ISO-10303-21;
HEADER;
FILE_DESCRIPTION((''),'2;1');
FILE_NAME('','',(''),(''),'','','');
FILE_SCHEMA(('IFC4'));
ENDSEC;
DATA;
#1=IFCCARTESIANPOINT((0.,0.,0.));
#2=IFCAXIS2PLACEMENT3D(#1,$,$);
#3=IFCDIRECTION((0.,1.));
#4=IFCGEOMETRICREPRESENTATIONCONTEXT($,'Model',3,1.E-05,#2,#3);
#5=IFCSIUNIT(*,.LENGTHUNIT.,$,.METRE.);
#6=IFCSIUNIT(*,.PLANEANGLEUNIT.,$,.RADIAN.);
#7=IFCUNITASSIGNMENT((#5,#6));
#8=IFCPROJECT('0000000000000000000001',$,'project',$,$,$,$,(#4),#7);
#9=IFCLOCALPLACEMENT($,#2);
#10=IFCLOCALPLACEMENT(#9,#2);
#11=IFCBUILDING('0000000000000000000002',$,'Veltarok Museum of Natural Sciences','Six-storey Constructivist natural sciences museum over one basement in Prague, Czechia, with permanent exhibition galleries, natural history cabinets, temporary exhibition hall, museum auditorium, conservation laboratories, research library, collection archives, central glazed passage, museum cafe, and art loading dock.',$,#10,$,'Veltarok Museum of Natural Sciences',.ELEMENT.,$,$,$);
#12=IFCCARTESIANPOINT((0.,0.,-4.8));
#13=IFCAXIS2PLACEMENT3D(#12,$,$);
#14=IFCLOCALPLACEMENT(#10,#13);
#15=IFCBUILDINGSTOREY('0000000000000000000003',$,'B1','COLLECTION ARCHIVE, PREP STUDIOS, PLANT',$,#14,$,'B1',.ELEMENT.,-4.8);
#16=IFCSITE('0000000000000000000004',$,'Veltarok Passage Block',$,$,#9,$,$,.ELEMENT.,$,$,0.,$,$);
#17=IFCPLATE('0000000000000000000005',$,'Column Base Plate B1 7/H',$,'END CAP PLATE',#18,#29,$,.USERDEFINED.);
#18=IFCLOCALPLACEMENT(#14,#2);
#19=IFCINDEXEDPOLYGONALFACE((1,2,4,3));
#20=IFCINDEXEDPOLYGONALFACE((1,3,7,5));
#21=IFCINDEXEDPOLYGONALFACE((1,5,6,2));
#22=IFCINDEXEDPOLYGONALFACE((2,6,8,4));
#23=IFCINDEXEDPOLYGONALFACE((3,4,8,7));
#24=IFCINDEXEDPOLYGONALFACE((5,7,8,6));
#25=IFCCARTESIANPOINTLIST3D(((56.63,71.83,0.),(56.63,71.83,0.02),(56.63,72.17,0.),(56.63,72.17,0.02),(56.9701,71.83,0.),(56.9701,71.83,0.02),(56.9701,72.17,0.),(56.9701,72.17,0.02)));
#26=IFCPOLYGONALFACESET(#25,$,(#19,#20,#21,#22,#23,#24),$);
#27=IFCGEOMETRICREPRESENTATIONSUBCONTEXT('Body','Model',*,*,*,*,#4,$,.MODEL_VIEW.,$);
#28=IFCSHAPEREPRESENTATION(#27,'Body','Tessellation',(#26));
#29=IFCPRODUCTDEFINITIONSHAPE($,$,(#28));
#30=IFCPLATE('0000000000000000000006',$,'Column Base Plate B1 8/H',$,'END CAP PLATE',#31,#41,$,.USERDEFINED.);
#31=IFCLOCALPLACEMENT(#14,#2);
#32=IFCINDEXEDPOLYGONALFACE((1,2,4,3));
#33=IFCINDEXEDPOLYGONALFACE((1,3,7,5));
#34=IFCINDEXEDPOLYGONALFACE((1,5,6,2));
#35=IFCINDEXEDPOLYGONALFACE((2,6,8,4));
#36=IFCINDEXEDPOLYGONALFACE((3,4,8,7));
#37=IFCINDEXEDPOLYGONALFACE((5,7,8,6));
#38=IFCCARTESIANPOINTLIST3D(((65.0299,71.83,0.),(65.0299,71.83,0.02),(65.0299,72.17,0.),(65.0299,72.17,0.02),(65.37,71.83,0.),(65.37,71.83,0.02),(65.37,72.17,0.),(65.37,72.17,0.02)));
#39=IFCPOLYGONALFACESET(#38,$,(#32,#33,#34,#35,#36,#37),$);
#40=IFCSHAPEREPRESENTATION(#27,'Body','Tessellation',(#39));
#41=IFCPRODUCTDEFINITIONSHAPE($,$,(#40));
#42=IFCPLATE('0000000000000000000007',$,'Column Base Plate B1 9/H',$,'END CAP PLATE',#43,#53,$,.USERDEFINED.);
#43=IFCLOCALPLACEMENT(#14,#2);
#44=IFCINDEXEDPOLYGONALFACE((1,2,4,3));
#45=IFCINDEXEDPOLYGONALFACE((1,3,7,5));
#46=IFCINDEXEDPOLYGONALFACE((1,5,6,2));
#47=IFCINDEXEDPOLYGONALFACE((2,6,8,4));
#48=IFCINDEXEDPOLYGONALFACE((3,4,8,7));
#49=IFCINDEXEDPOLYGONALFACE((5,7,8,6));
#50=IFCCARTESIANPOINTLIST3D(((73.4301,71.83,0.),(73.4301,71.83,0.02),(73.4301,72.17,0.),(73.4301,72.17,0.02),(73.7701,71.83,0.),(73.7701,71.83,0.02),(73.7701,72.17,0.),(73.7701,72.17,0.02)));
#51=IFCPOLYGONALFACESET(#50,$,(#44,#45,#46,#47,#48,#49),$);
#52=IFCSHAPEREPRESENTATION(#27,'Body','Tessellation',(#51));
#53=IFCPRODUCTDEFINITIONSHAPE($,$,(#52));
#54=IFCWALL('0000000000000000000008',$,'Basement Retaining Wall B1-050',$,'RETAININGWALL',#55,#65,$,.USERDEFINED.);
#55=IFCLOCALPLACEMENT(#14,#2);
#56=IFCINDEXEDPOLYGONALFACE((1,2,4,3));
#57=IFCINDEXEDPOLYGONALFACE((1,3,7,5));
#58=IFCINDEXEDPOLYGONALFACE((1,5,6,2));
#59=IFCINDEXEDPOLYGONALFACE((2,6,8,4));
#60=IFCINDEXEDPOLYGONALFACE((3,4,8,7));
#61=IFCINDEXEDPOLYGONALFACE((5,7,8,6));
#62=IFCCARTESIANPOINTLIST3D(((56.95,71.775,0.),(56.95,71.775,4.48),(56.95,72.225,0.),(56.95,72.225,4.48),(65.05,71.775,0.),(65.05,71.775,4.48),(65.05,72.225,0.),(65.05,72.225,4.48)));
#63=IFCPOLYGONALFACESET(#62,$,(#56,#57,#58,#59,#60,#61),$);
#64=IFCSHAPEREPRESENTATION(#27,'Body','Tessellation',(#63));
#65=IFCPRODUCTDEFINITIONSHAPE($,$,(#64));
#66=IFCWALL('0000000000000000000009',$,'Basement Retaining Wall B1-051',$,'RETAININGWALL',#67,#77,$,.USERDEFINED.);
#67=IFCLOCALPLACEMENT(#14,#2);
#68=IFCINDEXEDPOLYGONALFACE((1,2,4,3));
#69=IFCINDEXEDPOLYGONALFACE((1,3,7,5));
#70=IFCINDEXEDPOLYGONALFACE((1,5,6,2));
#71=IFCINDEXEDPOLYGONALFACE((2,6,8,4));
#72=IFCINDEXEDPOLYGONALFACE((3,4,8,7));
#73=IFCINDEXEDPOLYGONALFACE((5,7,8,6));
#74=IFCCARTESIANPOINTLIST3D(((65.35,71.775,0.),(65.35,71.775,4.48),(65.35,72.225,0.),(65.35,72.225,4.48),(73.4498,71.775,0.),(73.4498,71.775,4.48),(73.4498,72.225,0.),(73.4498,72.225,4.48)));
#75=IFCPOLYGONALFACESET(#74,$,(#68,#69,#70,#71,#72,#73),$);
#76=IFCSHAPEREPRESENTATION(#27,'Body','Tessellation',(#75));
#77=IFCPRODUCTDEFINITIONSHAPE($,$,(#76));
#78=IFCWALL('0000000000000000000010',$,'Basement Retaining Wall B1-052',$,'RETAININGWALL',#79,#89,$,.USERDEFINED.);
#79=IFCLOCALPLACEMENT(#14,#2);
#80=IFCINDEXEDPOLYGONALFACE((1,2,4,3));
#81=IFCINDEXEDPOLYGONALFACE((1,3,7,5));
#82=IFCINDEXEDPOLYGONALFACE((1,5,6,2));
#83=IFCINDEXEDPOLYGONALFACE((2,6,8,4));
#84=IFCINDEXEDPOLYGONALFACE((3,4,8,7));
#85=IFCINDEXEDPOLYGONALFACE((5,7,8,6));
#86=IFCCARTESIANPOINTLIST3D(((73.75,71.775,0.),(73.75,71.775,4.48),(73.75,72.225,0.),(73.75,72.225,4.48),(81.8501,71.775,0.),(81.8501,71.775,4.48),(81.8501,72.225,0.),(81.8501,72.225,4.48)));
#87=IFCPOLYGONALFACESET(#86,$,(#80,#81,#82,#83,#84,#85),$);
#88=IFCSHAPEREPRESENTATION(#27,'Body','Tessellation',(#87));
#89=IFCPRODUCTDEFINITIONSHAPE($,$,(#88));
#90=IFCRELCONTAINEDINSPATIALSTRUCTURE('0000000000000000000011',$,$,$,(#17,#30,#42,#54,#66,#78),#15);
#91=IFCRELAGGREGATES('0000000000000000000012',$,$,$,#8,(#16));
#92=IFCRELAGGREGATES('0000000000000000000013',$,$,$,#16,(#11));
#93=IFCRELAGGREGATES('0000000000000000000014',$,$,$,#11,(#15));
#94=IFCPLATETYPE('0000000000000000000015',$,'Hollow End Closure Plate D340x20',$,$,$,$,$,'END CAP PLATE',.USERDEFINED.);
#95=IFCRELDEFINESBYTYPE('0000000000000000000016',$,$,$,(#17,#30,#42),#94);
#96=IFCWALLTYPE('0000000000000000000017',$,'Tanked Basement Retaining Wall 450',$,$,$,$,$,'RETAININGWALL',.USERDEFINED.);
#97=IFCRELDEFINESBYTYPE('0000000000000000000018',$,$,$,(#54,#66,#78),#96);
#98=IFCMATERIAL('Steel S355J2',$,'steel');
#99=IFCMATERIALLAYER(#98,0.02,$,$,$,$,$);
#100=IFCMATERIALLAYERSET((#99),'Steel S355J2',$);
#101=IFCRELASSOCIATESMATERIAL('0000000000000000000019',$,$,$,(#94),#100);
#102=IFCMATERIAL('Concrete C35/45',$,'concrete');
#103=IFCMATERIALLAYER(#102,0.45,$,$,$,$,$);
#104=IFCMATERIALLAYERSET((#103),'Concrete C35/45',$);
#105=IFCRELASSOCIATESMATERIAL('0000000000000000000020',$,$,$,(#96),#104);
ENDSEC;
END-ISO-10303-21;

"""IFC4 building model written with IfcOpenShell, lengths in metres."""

from ifc_helpers import new_model, si_unit, direction, frame, frame_2d, origin, origin_2d, place, context, subcontext, project, spatial, rectangle, extrude, material, layer, layer_set, type_object, element, save


model = new_model("IFC4")

# Units and contexts
model_context = context("Model", 3, precision=1e-05, world=origin(), true_north=direction((0.0, 1.0)))
body_context = subcontext(model_context, "Body", "Model", "MODEL_VIEW")
ifc_project = project(units=[si_unit("LENGTHUNIT", "METRE"), si_unit("PLANEANGLEUNIT", "RADIAN")], contexts=[model_context])

# Site, building, storey
site_placement = place(None, origin())
site = spatial("IfcSite", under=ifc_project, at=site_placement, Name="Veltarok Passage Block", CompositionType="ELEMENT", RefElevation=0.0)
building_placement = place(site_placement, origin())
building = spatial("IfcBuilding", under=site, at=building_placement, Name="Veltarok Museum of Natural Sciences", Description="Six-storey Constructivist natural sciences museum over one basement in Prague, Czechia, with permanent exhibition galleries, natural history cabinets, temporary exhibition hall, museum auditorium, conservation laboratories, research library, collection archives, central glazed passage, museum cafe, and art loading dock.", LongName="Veltarok Museum of Natural Sciences", CompositionType="ELEMENT")
storey_placement = place(building_placement, frame((0.0, 0.0, -4.8)))
storey = spatial("IfcBuildingStorey", under=building, at=storey_placement, Name="B1", Description="COLLECTION ARCHIVE, PREP STUDIOS, PLANT", LongName="B1", CompositionType="ELEMENT", Elevation=-4.8)

# Shared definitions
ifc_material_1 = material(Name="Concrete C35/45", Category="concrete")

# Shared definitions
ifc_material_2 = material(Name="Steel S355J2", Category="steel")

# Plates
ifc_layer_1 = layer(ifc_material_2, 0.02)
ifc_layer_set_1 = layer_set([ifc_layer_1], Name="Steel S355J2")
plate_type = type_object("IfcPlateType", Name="Hollow End Closure Plate D340x20", ElementType="END CAP PLATE", PredefinedType="USERDEFINED", material=ifc_layer_set_1)
for number, where, z_axis, x_axis, name in (
    (1, (56.8, 72.0, 0.0), (0.0, 0.0, 1.0), (1.0, 0.0, 0.0), "Column Base Plate B1 7/H"),
    (2, (65.2, 72.0, 0.0), (0.0, 0.0, 1.0), (1.0, 0.0, 0.0), "Column Base Plate B1 8/H"),
    (3, (73.6001, 72.0, 0.0), (0.0, 0.0, 1.0), (1.0, 0.0, 0.0), "Column Base Plate B1 9/H"),
):
    element("IfcPlate", number, at=place(storey_placement, frame(where, z_axis=z_axis, x_axis=x_axis)), inside=storey, type_object=plate_type, Name=name, ObjectType="END CAP PLATE", PredefinedType="USERDEFINED", context=body_context, shape_type="SweptSolid", body=[
        extrude(rectangle(XDim=0.3401, YDim=0.3401, at=origin_2d()), origin(), (0.0, 0.0, 1.0), 0.02),
    ])

# Walls
ifc_layer_2 = layer(ifc_material_1, 0.45)
ifc_layer_set_2 = layer_set([ifc_layer_2], Name="Concrete C35/45")
wall_type = type_object("IfcWallType", Name="Tanked Basement Retaining Wall 450", ElementType="RETAININGWALL", PredefinedType="USERDEFINED", material=ifc_layer_set_2)
wall_1_placement = place(storey_placement, frame((56.95, 72.0, 0.0), z_axis=(0.0, 0.0, 1.0), x_axis=(1.0, 0.0, 0.0)))
element("IfcWall", 4, at=wall_1_placement, inside=storey, type_object=wall_type, Name="Basement Retaining Wall B1-050", ObjectType="RETAININGWALL", PredefinedType="USERDEFINED", context=body_context, shape_type="SweptSolid", body=[
    extrude(rectangle(XDim=8.1001, YDim=0.45, at=frame_2d((4.05, 0.0))), origin(), (0.0, 0.0, 1.0), 4.48),
])
wall_2_placement = place(storey_placement, frame((65.3501, 72.0, 0.0), z_axis=(0.0, 0.0, 1.0), x_axis=(1.0, 0.0, 0.0)))
element("IfcWall", 5, at=wall_2_placement, inside=storey, type_object=wall_type, Name="Basement Retaining Wall B1-051", ObjectType="RETAININGWALL", PredefinedType="USERDEFINED", context=body_context, shape_type="SweptSolid", body=[
    extrude(rectangle(XDim=8.0999, YDim=0.45, at=frame_2d((4.0498, 0.0))), origin(), (0.0, 0.0, 1.0), 4.48),
])
wall_3_placement = place(storey_placement, frame((73.75, 72.0, 0.0), z_axis=(0.0, 0.0, 1.0), x_axis=(1.0, 0.0, 0.0)))
element("IfcWall", 6, at=wall_3_placement, inside=storey, type_object=wall_type, Name="Basement Retaining Wall B1-052", ObjectType="RETAININGWALL", PredefinedType="USERDEFINED", context=body_context, shape_type="SweptSolid", body=[
    extrude(rectangle(XDim=8.1001, YDim=0.45, at=frame_2d((4.05, 0.0))), origin(), (0.0, 0.0, 1.0), 4.48),
])

save(model, "model.ifc")
